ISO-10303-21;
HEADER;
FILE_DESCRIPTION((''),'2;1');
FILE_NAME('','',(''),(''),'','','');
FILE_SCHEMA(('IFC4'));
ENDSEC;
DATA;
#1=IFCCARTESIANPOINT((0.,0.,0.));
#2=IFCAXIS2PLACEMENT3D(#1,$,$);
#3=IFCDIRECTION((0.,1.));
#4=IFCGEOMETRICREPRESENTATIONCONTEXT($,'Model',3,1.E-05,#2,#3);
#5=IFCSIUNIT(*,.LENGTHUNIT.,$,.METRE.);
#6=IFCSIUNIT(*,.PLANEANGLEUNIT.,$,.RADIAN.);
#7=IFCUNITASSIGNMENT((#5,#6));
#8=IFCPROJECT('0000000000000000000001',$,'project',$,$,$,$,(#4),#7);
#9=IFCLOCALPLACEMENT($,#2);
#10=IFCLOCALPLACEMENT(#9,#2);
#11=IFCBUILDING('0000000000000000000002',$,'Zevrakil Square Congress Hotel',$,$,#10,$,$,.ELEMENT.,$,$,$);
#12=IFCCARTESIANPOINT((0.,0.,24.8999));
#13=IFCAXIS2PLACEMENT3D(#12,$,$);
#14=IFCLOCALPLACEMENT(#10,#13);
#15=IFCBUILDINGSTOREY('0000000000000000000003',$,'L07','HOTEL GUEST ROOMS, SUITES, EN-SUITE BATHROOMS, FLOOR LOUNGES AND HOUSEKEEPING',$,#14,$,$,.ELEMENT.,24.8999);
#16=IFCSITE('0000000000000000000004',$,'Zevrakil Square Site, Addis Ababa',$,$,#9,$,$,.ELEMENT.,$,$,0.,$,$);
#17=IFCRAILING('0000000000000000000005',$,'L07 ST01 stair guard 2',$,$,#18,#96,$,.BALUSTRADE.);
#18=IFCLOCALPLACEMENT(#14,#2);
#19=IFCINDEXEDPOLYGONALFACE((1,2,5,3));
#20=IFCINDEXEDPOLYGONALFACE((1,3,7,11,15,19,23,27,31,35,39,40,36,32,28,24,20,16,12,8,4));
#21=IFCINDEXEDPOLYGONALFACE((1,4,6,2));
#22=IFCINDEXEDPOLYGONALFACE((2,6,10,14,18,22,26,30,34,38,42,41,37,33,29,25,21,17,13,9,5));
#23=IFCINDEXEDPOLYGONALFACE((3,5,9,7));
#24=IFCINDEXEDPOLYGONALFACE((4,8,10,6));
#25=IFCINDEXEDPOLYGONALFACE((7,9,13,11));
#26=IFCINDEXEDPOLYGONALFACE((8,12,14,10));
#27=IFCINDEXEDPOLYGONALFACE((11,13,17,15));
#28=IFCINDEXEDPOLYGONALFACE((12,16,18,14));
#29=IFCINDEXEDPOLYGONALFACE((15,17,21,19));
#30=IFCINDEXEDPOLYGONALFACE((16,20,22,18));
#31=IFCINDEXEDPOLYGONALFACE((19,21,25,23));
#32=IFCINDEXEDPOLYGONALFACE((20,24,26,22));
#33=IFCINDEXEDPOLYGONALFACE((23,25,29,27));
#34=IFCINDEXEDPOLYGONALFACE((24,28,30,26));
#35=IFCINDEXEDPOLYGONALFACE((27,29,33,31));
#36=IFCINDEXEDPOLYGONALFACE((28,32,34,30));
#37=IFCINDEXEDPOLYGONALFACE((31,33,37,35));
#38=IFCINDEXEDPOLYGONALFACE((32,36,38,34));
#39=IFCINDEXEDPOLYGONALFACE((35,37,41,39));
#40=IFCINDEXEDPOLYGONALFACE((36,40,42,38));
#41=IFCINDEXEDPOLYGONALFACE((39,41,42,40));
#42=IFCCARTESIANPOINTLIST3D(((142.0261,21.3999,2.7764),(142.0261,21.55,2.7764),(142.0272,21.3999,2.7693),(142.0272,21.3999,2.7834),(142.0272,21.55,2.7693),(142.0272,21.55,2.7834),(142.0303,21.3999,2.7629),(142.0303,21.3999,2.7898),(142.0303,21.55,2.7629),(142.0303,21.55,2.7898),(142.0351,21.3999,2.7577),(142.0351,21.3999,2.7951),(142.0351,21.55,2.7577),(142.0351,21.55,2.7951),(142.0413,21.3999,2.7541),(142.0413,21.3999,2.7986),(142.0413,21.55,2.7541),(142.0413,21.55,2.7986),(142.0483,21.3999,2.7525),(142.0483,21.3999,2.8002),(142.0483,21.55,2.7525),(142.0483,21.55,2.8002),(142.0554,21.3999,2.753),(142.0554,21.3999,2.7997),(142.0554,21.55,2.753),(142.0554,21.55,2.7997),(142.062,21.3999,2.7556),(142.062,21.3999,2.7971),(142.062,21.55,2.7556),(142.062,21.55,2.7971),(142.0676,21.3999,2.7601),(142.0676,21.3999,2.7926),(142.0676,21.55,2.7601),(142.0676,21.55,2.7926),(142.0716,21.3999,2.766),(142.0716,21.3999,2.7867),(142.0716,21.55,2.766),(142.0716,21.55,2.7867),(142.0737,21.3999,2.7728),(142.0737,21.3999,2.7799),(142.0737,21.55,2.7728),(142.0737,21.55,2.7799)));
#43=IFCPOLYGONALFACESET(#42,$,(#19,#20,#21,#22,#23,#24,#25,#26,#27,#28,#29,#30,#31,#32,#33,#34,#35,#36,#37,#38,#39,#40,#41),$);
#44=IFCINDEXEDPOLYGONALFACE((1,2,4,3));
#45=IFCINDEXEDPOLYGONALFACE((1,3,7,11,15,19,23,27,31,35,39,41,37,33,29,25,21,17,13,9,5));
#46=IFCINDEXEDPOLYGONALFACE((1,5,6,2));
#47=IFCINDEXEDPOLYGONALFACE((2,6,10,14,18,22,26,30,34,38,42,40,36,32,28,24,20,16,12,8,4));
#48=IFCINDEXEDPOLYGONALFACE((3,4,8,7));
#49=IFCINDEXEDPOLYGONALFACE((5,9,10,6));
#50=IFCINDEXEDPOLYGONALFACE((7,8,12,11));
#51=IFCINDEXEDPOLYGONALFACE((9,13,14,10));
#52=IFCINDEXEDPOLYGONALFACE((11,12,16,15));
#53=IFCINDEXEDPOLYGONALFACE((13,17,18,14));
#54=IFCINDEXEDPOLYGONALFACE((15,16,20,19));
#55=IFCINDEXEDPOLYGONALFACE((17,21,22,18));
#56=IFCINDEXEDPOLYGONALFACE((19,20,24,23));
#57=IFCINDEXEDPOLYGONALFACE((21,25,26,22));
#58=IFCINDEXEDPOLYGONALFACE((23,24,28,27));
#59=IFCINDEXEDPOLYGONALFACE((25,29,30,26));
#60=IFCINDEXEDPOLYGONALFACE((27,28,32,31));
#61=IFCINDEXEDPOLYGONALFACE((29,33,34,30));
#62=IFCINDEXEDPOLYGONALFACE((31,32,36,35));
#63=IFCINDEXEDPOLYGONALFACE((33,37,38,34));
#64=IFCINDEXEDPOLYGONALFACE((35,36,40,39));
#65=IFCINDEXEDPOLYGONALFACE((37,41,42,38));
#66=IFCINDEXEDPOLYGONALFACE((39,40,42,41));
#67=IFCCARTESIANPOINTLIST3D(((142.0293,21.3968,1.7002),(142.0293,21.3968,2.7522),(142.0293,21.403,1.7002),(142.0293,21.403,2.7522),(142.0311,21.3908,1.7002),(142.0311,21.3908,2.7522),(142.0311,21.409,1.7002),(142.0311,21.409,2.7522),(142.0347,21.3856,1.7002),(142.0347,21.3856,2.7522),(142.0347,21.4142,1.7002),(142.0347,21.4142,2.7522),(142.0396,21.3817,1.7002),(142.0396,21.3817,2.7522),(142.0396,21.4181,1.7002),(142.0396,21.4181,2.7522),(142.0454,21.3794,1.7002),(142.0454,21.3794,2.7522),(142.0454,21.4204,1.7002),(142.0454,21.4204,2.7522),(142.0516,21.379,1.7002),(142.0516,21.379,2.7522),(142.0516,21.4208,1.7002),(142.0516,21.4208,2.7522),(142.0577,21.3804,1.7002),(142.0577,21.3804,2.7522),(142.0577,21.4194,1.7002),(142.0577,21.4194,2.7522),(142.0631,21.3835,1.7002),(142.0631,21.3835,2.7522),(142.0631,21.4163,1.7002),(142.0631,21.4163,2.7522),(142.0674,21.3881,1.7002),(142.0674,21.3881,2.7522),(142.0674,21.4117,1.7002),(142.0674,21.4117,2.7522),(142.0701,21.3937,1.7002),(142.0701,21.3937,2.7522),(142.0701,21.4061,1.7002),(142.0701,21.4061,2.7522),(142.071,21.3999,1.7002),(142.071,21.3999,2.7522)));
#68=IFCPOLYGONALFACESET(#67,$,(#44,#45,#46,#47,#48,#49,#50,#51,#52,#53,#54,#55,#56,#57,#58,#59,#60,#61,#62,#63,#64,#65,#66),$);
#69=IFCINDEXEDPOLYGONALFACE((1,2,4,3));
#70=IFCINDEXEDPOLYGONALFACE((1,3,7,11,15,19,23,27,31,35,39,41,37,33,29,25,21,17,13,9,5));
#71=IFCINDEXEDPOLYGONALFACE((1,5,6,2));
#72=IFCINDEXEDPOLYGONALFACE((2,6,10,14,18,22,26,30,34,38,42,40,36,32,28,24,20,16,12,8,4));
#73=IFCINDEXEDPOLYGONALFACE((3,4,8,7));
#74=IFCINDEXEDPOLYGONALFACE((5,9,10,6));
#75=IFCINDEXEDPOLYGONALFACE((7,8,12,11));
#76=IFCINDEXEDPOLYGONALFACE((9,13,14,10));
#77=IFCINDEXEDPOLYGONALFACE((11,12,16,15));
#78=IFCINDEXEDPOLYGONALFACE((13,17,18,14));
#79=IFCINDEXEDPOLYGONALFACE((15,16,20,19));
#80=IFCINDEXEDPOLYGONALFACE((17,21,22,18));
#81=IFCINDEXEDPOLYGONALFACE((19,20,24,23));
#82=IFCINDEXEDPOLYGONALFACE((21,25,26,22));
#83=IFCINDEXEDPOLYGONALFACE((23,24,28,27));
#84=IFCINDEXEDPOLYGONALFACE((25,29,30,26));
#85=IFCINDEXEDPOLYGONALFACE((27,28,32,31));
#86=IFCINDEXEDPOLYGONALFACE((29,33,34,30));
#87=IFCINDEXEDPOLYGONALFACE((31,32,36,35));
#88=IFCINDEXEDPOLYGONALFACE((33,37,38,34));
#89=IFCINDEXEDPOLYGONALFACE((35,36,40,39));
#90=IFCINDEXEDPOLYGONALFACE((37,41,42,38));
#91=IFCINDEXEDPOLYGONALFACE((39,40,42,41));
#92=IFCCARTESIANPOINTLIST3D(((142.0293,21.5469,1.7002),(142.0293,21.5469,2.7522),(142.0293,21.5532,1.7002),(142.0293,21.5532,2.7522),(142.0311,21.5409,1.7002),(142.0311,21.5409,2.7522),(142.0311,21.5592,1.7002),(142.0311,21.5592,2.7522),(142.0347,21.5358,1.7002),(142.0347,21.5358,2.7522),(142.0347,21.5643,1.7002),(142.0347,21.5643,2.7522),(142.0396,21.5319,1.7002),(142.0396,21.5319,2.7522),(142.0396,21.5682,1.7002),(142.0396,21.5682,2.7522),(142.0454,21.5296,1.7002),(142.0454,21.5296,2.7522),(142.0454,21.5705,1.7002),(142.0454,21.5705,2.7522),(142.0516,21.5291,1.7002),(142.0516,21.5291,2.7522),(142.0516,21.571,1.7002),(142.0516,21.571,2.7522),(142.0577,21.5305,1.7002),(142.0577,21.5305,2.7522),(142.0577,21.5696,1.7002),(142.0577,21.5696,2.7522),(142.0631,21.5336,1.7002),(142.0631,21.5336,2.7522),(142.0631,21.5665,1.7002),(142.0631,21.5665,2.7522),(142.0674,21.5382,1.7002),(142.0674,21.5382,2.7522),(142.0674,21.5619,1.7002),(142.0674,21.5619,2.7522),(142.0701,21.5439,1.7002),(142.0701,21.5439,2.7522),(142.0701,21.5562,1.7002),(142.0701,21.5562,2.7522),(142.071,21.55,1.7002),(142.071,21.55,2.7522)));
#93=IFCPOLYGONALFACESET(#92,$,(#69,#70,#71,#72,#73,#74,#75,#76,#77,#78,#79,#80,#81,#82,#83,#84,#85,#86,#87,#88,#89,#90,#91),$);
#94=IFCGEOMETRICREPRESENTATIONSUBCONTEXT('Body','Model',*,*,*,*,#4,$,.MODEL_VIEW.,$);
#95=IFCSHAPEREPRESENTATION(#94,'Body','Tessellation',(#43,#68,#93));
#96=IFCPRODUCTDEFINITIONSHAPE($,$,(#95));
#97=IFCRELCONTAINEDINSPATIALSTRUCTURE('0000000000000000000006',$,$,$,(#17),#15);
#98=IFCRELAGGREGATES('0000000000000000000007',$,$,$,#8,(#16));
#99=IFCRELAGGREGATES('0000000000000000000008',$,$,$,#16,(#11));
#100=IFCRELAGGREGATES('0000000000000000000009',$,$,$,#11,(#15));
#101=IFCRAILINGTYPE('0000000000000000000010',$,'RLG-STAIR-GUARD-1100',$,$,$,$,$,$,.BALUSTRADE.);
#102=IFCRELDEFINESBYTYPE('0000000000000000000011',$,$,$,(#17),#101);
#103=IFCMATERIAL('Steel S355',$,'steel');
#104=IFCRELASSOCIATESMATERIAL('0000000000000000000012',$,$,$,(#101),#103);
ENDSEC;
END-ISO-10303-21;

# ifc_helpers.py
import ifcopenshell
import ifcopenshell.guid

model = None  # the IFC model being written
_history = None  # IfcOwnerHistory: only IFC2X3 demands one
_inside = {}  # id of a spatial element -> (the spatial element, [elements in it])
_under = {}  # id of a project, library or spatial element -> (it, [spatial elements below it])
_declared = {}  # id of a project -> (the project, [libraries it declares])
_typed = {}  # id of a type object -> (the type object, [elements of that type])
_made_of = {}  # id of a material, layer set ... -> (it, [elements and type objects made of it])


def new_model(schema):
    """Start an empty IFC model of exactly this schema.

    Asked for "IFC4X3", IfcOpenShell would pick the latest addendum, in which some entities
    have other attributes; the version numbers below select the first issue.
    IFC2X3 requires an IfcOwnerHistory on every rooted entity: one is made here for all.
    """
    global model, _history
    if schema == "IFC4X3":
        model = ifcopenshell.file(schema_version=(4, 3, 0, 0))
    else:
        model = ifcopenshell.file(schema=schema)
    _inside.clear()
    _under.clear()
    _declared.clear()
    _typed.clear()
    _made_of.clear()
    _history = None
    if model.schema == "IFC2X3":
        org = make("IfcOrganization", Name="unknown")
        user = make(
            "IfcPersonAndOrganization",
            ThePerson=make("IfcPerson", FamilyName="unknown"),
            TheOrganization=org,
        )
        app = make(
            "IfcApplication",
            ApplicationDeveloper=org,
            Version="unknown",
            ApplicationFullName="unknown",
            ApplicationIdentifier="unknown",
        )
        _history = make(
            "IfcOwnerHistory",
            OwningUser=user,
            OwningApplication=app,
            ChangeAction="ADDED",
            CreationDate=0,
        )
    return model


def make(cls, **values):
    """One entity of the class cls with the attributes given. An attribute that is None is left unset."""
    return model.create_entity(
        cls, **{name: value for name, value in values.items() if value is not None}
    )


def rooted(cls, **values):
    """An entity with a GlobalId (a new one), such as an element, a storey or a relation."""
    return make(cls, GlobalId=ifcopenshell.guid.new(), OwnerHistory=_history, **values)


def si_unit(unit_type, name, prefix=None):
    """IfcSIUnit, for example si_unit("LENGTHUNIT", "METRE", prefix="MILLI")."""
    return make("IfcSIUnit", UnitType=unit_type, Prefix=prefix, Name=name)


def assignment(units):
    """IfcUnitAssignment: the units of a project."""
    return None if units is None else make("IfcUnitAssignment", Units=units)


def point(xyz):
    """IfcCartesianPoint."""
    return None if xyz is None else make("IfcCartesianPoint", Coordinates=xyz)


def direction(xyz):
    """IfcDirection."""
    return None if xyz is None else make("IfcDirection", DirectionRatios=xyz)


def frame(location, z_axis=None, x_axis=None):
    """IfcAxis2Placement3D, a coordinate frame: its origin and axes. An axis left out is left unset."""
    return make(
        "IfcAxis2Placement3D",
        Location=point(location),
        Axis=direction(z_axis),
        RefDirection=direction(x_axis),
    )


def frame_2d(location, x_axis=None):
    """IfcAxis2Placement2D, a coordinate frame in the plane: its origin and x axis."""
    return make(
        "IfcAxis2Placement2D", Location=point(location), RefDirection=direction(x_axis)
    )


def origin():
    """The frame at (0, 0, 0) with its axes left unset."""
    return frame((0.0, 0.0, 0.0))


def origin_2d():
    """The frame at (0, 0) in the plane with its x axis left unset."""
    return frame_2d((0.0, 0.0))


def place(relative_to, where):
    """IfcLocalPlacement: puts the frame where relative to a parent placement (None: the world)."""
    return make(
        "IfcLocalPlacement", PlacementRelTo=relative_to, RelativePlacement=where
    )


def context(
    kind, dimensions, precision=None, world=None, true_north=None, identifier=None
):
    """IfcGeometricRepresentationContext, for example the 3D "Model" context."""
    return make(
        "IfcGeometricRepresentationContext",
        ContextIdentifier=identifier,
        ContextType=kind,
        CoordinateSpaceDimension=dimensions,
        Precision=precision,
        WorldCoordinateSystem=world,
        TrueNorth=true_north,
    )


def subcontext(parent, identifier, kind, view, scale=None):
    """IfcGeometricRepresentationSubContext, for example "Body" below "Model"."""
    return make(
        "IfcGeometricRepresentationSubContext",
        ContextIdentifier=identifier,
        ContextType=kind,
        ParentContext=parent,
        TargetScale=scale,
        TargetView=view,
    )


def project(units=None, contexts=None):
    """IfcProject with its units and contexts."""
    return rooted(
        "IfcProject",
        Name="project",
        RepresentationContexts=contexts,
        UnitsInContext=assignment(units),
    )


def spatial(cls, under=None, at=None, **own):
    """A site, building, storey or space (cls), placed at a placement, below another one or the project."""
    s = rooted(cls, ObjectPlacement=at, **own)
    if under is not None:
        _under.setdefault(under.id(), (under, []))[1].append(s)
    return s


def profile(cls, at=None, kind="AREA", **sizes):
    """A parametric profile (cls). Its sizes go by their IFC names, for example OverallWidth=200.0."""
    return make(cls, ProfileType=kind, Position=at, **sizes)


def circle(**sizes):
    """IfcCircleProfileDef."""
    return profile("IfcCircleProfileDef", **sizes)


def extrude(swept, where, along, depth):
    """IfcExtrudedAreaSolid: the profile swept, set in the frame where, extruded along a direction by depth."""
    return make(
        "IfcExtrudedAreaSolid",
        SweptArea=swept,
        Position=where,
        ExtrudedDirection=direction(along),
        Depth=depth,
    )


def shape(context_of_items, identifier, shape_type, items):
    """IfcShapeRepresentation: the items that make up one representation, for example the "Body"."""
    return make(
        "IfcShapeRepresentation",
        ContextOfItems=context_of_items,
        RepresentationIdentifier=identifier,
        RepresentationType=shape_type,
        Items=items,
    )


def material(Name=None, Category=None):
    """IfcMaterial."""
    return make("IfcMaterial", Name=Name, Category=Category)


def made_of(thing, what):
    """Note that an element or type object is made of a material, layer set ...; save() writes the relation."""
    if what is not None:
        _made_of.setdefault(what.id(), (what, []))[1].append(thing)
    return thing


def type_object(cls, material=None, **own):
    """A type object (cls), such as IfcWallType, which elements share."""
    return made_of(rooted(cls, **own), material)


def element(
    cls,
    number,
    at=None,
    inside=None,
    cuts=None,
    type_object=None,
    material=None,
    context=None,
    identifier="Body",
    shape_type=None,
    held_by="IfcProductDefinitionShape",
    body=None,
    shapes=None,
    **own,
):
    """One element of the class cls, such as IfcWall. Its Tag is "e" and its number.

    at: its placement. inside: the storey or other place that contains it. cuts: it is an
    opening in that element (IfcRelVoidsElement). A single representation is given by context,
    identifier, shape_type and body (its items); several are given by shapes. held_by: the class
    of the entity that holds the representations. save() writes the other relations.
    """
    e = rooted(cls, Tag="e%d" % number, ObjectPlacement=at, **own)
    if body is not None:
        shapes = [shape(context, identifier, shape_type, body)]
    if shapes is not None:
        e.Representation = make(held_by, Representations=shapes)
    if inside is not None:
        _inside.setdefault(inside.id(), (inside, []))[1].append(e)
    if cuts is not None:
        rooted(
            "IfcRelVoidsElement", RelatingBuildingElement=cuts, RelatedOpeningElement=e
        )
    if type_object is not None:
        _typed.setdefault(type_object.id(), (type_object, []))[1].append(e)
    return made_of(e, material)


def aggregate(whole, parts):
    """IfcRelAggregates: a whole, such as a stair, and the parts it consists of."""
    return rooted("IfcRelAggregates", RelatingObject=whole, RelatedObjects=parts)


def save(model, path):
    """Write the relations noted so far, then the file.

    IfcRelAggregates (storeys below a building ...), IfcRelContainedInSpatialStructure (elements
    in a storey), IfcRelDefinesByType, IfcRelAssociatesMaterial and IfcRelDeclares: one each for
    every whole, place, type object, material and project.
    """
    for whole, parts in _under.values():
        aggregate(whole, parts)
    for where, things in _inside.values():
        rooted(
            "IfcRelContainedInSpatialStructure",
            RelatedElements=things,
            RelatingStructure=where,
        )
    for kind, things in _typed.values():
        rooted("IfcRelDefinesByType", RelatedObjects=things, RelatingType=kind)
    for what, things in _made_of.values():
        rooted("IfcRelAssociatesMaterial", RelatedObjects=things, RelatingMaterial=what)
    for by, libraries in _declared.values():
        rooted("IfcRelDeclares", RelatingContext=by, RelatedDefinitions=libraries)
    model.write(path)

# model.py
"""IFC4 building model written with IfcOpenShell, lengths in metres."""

from ifc_helpers import new_model, si_unit, direction, frame, origin, origin_2d, place, context, subcontext, project, spatial, circle, extrude, material, type_object, element, save


model = new_model("IFC4")

# Units and contexts
model_context = context("Model", 3, precision=1e-05, world=origin(), true_north=direction((0.0, 1.0)))
body_context = subcontext(model_context, "Body", "Model", "MODEL_VIEW")
ifc_project = project(units=[si_unit("LENGTHUNIT", "METRE"), si_unit("PLANEANGLEUNIT", "RADIAN")], contexts=[model_context])

# Site, building, storey
site_placement = place(None, origin())
site = spatial("IfcSite", under=ifc_project, at=site_placement, Name="Zevrakil Square Site, Addis Ababa", CompositionType="ELEMENT", RefElevation=0.0)
building_placement = place(site_placement, origin())
building = spatial("IfcBuilding", under=site, at=building_placement, Name="Zevrakil Square Congress Hotel", CompositionType="ELEMENT")
storey_placement = place(building_placement, frame((0.0, 0.0, 24.8999)))
storey = spatial("IfcBuildingStorey", under=building, at=storey_placement, Name="L07", Description="HOTEL GUEST ROOMS, SUITES, EN-SUITE BATHROOMS, FLOOR LOUNGES AND HOUSEKEEPING", CompositionType="ELEMENT", Elevation=24.8999)

# Railing
ifc_material_1 = material(Name="Steel S355", Category="steel")
railing_type_1 = type_object("IfcRailingType", Name="RLG-STAIR-GUARD-1100", PredefinedType="BALUSTRADE", material=ifc_material_1)
railing_1_placement = place(storey_placement, frame((142.05, 21.3999, 1.7002)))
element("IfcRailing", 1, at=railing_1_placement, inside=storey, type_object=railing_type_1, Name="L07 ST01 stair guard 2", PredefinedType="BALUSTRADE", context=body_context, shape_type="SweptSolid", body=[
    extrude(circle(Radius=0.0239, at=origin_2d()), frame((0.0, 0.0, 1.0762), z_axis=(0.0, 1.0, 0.0), x_axis=(-1.0, 0.0, 0.0)), (0.0, 0.0, 1.0), 0.1501),
    extrude(circle(Radius=0.021, at=origin_2d()), origin(), (0.0, 0.0, 1.0), 1.052),
    extrude(circle(Radius=0.021, at=origin_2d()), frame((0.0, 0.1501, 0.0)), (0.0, 0.0, 1.0), 1.052),
])

save(model, "model.ifc")
